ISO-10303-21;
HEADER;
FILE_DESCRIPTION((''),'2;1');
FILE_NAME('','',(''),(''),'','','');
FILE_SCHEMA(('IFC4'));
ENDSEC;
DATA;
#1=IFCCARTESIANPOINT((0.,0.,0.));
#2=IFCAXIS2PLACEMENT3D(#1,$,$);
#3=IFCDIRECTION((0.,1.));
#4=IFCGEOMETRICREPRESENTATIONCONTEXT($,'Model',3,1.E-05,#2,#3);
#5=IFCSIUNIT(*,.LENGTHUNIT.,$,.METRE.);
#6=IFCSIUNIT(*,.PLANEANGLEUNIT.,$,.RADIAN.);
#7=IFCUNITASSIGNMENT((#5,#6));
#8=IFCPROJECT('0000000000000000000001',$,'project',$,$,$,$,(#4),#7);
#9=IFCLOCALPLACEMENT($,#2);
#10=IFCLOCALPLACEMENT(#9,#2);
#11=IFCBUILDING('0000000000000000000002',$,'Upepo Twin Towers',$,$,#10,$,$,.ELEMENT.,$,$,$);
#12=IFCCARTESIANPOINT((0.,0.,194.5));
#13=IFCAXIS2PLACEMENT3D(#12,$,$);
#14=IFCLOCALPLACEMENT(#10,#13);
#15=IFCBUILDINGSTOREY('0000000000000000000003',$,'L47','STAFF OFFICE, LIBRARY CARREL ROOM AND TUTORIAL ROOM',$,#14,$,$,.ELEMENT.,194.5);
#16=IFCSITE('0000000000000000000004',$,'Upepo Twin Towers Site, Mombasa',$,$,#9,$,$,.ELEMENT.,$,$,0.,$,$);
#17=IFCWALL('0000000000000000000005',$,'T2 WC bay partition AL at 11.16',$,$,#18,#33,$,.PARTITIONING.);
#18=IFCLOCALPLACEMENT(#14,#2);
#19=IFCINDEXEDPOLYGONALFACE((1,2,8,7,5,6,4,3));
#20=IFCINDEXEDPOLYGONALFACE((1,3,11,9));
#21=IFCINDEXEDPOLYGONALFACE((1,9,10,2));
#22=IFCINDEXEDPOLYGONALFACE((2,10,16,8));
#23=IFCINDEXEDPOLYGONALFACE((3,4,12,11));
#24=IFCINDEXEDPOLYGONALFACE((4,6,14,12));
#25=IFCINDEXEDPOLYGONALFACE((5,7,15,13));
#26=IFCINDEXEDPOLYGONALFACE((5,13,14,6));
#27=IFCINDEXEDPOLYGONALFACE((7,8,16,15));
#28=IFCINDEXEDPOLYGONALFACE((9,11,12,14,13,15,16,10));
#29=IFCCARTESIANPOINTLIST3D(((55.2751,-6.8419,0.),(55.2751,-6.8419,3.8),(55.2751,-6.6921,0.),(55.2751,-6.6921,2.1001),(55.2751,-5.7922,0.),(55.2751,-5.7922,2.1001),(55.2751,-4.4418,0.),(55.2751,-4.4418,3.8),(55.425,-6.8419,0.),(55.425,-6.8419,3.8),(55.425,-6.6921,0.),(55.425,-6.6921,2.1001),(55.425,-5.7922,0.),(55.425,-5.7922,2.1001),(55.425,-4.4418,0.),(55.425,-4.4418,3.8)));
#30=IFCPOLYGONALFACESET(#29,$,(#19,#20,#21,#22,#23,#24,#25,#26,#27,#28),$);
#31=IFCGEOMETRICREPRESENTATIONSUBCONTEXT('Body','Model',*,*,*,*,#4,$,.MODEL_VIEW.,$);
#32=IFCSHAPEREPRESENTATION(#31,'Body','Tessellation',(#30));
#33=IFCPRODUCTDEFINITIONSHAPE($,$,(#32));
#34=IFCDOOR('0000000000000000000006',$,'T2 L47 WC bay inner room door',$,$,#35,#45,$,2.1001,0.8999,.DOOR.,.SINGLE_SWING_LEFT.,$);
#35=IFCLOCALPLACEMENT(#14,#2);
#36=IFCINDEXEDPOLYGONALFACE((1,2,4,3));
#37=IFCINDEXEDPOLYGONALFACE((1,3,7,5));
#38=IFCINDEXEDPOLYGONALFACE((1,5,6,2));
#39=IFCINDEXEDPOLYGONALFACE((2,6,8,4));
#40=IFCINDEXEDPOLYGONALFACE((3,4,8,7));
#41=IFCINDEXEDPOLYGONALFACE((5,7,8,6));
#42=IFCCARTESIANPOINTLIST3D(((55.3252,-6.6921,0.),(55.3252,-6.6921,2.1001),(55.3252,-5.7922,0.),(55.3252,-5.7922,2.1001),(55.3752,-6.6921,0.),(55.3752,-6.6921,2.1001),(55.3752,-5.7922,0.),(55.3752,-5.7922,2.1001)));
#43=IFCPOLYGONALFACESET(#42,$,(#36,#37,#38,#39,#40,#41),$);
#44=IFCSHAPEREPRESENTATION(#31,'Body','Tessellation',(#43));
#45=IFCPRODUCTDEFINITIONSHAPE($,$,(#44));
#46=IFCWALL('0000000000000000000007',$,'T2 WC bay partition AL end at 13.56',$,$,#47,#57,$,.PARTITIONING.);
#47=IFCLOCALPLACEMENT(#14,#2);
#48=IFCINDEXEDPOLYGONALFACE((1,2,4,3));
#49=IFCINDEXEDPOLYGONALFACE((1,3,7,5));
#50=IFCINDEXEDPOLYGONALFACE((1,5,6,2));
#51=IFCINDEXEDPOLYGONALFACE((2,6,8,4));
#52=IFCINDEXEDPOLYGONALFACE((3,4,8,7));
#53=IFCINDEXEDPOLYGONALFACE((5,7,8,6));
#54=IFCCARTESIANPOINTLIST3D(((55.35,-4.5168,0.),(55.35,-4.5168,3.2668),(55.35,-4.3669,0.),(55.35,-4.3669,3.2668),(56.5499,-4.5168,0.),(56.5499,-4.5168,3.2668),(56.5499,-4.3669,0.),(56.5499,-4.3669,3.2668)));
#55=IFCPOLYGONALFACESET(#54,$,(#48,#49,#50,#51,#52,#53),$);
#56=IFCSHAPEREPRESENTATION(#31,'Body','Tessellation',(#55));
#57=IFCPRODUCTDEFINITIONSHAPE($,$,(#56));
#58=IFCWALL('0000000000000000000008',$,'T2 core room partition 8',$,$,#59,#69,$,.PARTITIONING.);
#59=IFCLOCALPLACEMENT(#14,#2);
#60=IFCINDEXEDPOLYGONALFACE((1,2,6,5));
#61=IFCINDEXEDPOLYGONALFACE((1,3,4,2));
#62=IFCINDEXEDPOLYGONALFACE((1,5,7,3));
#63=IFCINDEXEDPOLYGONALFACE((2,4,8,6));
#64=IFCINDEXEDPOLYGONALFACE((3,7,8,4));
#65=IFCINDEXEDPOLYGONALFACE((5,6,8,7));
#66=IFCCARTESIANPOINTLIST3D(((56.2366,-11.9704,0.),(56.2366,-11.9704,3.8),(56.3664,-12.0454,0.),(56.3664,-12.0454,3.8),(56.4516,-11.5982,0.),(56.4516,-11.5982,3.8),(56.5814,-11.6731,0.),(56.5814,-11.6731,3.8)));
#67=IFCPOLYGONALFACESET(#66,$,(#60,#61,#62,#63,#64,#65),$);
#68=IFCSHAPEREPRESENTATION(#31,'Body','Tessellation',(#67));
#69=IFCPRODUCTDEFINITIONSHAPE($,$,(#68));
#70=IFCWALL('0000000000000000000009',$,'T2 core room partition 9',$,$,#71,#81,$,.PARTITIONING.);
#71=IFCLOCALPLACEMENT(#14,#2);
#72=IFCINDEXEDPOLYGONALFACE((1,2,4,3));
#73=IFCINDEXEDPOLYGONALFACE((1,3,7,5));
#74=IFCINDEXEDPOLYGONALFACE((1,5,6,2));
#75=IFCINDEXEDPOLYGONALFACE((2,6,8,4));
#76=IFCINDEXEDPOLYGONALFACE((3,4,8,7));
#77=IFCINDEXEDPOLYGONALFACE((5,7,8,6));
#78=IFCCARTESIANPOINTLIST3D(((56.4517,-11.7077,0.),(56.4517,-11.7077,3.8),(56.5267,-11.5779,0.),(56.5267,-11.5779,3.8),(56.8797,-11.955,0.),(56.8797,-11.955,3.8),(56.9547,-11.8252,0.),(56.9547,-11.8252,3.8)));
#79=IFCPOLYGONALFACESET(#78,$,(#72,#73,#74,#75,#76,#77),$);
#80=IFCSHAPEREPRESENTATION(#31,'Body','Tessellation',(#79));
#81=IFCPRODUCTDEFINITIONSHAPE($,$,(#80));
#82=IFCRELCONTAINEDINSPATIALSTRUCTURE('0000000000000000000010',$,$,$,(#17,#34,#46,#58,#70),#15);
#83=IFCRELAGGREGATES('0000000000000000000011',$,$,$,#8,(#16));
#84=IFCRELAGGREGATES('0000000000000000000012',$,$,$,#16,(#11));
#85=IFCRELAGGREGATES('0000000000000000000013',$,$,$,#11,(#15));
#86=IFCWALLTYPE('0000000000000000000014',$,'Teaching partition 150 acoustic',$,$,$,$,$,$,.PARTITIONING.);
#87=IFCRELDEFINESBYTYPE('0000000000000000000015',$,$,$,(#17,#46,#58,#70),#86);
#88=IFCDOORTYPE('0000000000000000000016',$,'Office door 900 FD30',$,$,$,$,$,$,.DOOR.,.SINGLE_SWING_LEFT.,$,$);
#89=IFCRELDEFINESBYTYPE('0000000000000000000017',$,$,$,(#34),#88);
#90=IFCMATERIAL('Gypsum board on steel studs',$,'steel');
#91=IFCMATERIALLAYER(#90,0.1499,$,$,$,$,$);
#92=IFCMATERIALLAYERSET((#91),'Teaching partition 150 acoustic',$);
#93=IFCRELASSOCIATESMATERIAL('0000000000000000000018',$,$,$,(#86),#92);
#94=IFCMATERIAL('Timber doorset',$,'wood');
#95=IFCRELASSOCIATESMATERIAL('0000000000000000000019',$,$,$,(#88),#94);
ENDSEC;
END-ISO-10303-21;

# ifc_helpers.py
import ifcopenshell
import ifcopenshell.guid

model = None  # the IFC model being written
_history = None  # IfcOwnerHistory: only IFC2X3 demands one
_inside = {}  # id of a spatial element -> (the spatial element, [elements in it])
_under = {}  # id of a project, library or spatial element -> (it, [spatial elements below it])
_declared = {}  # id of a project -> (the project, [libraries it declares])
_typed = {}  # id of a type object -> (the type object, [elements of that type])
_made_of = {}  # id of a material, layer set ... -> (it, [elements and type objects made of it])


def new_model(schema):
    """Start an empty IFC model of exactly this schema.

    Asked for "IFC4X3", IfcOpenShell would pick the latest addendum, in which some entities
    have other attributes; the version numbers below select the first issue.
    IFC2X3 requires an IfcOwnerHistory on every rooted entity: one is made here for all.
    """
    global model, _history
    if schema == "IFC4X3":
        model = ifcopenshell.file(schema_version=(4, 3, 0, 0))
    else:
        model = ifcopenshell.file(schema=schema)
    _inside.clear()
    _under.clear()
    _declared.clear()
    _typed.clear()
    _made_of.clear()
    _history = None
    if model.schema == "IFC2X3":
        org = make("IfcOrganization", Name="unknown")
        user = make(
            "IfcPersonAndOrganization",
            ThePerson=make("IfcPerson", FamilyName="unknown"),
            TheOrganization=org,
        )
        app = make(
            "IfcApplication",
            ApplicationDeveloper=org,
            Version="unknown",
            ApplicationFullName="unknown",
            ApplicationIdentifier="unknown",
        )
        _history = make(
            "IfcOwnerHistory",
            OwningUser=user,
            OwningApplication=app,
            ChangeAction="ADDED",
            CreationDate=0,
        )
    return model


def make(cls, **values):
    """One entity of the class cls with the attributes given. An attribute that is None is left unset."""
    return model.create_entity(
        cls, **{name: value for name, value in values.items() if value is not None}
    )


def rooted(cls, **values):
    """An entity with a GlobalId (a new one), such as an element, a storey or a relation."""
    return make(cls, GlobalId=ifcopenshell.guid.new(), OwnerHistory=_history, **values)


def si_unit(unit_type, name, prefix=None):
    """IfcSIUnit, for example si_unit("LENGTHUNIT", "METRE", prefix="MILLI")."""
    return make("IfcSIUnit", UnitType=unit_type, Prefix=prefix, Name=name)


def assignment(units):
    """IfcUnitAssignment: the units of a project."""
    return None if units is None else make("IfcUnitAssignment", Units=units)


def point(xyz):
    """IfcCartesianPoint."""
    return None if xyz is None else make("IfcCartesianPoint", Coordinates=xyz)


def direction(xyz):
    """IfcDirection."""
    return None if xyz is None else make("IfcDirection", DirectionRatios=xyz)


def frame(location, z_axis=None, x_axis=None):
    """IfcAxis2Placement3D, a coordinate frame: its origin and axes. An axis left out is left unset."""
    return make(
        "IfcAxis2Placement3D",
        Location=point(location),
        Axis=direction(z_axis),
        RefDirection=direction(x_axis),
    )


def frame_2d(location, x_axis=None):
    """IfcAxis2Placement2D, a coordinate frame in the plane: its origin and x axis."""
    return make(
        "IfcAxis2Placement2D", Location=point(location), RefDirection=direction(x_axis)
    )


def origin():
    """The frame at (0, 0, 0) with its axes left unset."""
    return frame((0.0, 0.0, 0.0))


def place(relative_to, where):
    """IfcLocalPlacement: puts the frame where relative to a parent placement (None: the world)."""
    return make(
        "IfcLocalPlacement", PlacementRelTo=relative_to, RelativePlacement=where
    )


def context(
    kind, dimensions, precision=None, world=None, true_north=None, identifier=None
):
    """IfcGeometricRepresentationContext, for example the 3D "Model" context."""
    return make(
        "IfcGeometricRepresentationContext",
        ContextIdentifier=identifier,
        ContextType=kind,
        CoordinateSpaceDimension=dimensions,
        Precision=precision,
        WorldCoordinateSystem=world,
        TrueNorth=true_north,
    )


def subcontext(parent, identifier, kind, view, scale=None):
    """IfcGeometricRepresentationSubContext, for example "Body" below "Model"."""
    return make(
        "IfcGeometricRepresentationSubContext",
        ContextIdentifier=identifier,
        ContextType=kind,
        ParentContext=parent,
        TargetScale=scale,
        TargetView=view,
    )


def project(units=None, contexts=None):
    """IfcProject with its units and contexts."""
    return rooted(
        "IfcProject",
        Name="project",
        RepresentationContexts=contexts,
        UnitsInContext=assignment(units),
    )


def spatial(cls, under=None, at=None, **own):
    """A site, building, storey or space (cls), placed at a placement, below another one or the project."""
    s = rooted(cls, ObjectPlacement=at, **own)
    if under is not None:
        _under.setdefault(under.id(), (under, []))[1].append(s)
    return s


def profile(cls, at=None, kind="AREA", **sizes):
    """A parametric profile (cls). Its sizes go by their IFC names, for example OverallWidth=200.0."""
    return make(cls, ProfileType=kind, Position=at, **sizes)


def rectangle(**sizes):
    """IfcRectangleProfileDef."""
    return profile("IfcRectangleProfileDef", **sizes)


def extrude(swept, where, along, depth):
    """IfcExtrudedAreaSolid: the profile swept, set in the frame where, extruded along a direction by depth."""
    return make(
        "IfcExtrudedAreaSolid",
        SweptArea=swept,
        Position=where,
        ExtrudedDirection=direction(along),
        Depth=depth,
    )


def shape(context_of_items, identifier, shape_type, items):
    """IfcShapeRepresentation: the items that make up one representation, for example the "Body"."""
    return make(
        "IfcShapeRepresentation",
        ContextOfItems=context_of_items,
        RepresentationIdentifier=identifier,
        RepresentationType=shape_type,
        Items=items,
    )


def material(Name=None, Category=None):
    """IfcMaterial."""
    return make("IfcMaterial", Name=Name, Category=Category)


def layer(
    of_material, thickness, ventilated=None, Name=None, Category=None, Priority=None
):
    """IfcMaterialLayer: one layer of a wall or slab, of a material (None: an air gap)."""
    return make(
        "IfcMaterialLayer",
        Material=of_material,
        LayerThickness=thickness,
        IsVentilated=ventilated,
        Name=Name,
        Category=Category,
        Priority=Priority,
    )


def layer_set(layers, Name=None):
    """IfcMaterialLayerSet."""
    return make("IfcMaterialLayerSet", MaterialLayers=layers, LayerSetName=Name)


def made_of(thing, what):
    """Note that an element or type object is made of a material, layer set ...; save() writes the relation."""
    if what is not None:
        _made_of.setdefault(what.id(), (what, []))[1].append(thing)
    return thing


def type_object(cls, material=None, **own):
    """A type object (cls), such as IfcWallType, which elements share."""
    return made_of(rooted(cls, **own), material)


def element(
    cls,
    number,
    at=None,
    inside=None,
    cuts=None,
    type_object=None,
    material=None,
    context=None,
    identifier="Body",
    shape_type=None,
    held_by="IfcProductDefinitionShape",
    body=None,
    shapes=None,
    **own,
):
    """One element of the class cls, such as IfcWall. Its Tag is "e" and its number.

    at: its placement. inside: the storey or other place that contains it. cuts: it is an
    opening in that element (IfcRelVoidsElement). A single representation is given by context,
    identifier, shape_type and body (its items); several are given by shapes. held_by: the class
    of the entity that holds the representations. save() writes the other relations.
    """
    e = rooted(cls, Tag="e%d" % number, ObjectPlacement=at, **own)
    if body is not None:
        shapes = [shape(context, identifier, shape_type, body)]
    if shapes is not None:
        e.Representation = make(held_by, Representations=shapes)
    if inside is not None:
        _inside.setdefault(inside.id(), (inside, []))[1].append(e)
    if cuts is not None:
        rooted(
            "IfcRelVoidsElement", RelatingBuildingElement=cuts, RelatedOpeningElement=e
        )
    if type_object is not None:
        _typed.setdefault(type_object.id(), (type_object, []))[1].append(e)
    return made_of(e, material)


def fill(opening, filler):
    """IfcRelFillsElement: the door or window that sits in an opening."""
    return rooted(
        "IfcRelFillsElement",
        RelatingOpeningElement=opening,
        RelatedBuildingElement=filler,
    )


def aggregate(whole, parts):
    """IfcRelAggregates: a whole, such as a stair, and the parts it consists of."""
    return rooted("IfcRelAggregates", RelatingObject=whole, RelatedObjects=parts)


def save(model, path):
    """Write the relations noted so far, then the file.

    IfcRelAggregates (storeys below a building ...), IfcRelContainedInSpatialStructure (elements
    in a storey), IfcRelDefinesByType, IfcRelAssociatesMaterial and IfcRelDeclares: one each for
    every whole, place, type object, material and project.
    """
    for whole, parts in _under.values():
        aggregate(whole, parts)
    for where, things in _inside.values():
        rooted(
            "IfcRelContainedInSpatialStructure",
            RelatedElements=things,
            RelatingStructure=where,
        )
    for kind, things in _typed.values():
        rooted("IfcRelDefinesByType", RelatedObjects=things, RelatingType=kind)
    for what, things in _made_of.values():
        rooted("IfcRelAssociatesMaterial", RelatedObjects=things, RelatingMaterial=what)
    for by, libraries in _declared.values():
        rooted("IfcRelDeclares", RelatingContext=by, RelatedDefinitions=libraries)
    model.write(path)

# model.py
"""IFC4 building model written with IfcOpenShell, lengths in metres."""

from ifc_helpers import new_model, si_unit, direction, frame, frame_2d, origin, place, context, subcontext, project, spatial, rectangle, extrude, material, layer, layer_set, type_object, element, fill, save


model = new_model("IFC4")

# Units and contexts
model_context = context("Model", 3, precision=1e-05, world=origin(), true_north=direction((0.0, 1.0)))
body_context = subcontext(model_context, "Body", "Model", "MODEL_VIEW")
ifc_project = project(units=[si_unit("LENGTHUNIT", "METRE"), si_unit("PLANEANGLEUNIT", "RADIAN")], contexts=[model_context])

# Site, building, storey
site_placement = place(None, origin())
site = spatial("IfcSite", under=ifc_project, at=site_placement, Name="Upepo Twin Towers Site, Mombasa", CompositionType="ELEMENT", RefElevation=0.0)
building_placement = place(site_placement, origin())
building = spatial("IfcBuilding", under=site, at=building_placement, Name="Upepo Twin Towers", CompositionType="ELEMENT")
storey_placement = place(building_placement, frame((0.0, 0.0, 194.5)))
storey = spatial("IfcBuildingStorey", under=building, at=storey_placement, Name="L47", Description="STAFF OFFICE, LIBRARY CARREL ROOM AND TUTORIAL ROOM", CompositionType="ELEMENT", Elevation=194.5)

# Shared definitions
ifc_material_1 = material(Name="Gypsum board on steel studs", Category="steel")
ifc_layer_1 = layer(ifc_material_1, 0.1499)
ifc_layer_set_1 = layer_set([ifc_layer_1], Name="Teaching partition 150 acoustic")
wall_type_1 = type_object("IfcWallType", Name="Teaching partition 150 acoustic", PredefinedType="PARTITIONING", material=ifc_layer_set_1)

# Wall, opening, door
wall_1_placement = place(storey_placement, frame((55.3501, -6.842, 0.0), z_axis=(0.0, 0.0, 1.0), x_axis=(0.0, 1.0, 0.0)))
wall_1 = element("IfcWall", 1, at=wall_1_placement, inside=storey, type_object=wall_type_1, Name="T2 WC bay partition AL at 11.16", PredefinedType="PARTITIONING", context=body_context, shape_type="SweptSolid", body=[
    extrude(rectangle(XDim=2.4001, YDim=0.1499, at=frame_2d((1.2002, 0.0))), origin(), (0.0, 0.0, 1.0), 3.8),
])
opening_1_placement = place(wall_1_placement, frame((0.1499, 0.0, 0.0)))
opening_1 = element("IfcOpeningElement", 2, at=opening_1_placement, cuts=wall_1, PredefinedType="OPENING", context=body_context, shape_type="SweptSolid", body=[
    extrude(rectangle(XDim=0.8999, YDim=2.1001, at=frame_2d((0.45, 1.05))), frame((0.0, 0.085, 0.0), z_axis=(0.0, -1.0, 0.0), x_axis=(1.0, 0.0, 0.0)), (0.0, 0.0, 1.0), 0.1699),
])
ifc_material_2 = material(Name="Timber doorset", Category="wood")
door_type_1 = type_object("IfcDoorType", Name="Office door 900 FD30", OperationType="SINGLE_SWING_LEFT", PredefinedType="DOOR", material=ifc_material_2)
door_1_placement = place(opening_1_placement, origin())
door_1 = element("IfcDoor", 3, at=door_1_placement, inside=storey, type_object=door_type_1, Name="T2 L47 WC bay inner room door", OperationType="SINGLE_SWING_LEFT", OverallHeight=2.1001, OverallWidth=0.8999, PredefinedType="DOOR", context=body_context, shape_type="SweptSolid", body=[
    extrude(rectangle(XDim=0.8999, YDim=2.1001, at=frame_2d((0.45, 1.05))), frame((0.0, 0.0249, 0.0), z_axis=(0.0, -1.0, 0.0), x_axis=(1.0, 0.0, 0.0)), (0.0, 0.0, 1.0), 0.05),
])
fill(opening_1, door_1)

# Walls
wall_2_placement = place(storey_placement, frame((56.55, -4.4419, 0.0), z_axis=(0.0, 0.0, 1.0), x_axis=(-1.0, 0.0, 0.0)))
element("IfcWall", 4, at=wall_2_placement, inside=storey, type_object=wall_type_1, Name="T2 WC bay partition AL end at 13.56", PredefinedType="PARTITIONING", context=body_context, shape_type="SweptSolid", body=[
    extrude(rectangle(XDim=1.2, YDim=0.1499, at=frame_2d((0.6001, 0.0))), origin(), (0.0, 0.0, 1.0), 3.2668),
])
wall_3_placement = place(storey_placement, frame((56.3015, -12.0078, 0.0), z_axis=(0.0, 0.0, 1.0), x_axis=(0.50023, 0.865892, 0.0)))
element("IfcWall", 5, at=wall_3_placement, inside=storey, type_object=wall_type_1, Name="T2 core room partition 8", PredefinedType="PARTITIONING", context=body_context, shape_type="SweptSolid", body=[
    extrude(rectangle(XDim=0.4299, YDim=0.1499, at=frame_2d((0.2148, 0.0))), origin(), (0.0, 0.0, 1.0), 3.8),
])
wall_4_placement = place(storey_placement, frame((56.4893, -11.6428, 0.0), z_axis=(0.0, 0.0, 1.0), x_axis=(0.865832, -0.500335, 0.0)))
element("IfcWall", 6, at=wall_4_placement, inside=storey, type_object=wall_type_1, Name="T2 core room partition 9", PredefinedType="PARTITIONING", context=body_context, shape_type="SweptSolid", body=[
    extrude(rectangle(XDim=0.4944, YDim=0.1499, at=frame_2d((0.2471, 0.0))), origin(), (0.0, 0.0, 1.0), 3.8),
])

save(model, "model.ifc")
